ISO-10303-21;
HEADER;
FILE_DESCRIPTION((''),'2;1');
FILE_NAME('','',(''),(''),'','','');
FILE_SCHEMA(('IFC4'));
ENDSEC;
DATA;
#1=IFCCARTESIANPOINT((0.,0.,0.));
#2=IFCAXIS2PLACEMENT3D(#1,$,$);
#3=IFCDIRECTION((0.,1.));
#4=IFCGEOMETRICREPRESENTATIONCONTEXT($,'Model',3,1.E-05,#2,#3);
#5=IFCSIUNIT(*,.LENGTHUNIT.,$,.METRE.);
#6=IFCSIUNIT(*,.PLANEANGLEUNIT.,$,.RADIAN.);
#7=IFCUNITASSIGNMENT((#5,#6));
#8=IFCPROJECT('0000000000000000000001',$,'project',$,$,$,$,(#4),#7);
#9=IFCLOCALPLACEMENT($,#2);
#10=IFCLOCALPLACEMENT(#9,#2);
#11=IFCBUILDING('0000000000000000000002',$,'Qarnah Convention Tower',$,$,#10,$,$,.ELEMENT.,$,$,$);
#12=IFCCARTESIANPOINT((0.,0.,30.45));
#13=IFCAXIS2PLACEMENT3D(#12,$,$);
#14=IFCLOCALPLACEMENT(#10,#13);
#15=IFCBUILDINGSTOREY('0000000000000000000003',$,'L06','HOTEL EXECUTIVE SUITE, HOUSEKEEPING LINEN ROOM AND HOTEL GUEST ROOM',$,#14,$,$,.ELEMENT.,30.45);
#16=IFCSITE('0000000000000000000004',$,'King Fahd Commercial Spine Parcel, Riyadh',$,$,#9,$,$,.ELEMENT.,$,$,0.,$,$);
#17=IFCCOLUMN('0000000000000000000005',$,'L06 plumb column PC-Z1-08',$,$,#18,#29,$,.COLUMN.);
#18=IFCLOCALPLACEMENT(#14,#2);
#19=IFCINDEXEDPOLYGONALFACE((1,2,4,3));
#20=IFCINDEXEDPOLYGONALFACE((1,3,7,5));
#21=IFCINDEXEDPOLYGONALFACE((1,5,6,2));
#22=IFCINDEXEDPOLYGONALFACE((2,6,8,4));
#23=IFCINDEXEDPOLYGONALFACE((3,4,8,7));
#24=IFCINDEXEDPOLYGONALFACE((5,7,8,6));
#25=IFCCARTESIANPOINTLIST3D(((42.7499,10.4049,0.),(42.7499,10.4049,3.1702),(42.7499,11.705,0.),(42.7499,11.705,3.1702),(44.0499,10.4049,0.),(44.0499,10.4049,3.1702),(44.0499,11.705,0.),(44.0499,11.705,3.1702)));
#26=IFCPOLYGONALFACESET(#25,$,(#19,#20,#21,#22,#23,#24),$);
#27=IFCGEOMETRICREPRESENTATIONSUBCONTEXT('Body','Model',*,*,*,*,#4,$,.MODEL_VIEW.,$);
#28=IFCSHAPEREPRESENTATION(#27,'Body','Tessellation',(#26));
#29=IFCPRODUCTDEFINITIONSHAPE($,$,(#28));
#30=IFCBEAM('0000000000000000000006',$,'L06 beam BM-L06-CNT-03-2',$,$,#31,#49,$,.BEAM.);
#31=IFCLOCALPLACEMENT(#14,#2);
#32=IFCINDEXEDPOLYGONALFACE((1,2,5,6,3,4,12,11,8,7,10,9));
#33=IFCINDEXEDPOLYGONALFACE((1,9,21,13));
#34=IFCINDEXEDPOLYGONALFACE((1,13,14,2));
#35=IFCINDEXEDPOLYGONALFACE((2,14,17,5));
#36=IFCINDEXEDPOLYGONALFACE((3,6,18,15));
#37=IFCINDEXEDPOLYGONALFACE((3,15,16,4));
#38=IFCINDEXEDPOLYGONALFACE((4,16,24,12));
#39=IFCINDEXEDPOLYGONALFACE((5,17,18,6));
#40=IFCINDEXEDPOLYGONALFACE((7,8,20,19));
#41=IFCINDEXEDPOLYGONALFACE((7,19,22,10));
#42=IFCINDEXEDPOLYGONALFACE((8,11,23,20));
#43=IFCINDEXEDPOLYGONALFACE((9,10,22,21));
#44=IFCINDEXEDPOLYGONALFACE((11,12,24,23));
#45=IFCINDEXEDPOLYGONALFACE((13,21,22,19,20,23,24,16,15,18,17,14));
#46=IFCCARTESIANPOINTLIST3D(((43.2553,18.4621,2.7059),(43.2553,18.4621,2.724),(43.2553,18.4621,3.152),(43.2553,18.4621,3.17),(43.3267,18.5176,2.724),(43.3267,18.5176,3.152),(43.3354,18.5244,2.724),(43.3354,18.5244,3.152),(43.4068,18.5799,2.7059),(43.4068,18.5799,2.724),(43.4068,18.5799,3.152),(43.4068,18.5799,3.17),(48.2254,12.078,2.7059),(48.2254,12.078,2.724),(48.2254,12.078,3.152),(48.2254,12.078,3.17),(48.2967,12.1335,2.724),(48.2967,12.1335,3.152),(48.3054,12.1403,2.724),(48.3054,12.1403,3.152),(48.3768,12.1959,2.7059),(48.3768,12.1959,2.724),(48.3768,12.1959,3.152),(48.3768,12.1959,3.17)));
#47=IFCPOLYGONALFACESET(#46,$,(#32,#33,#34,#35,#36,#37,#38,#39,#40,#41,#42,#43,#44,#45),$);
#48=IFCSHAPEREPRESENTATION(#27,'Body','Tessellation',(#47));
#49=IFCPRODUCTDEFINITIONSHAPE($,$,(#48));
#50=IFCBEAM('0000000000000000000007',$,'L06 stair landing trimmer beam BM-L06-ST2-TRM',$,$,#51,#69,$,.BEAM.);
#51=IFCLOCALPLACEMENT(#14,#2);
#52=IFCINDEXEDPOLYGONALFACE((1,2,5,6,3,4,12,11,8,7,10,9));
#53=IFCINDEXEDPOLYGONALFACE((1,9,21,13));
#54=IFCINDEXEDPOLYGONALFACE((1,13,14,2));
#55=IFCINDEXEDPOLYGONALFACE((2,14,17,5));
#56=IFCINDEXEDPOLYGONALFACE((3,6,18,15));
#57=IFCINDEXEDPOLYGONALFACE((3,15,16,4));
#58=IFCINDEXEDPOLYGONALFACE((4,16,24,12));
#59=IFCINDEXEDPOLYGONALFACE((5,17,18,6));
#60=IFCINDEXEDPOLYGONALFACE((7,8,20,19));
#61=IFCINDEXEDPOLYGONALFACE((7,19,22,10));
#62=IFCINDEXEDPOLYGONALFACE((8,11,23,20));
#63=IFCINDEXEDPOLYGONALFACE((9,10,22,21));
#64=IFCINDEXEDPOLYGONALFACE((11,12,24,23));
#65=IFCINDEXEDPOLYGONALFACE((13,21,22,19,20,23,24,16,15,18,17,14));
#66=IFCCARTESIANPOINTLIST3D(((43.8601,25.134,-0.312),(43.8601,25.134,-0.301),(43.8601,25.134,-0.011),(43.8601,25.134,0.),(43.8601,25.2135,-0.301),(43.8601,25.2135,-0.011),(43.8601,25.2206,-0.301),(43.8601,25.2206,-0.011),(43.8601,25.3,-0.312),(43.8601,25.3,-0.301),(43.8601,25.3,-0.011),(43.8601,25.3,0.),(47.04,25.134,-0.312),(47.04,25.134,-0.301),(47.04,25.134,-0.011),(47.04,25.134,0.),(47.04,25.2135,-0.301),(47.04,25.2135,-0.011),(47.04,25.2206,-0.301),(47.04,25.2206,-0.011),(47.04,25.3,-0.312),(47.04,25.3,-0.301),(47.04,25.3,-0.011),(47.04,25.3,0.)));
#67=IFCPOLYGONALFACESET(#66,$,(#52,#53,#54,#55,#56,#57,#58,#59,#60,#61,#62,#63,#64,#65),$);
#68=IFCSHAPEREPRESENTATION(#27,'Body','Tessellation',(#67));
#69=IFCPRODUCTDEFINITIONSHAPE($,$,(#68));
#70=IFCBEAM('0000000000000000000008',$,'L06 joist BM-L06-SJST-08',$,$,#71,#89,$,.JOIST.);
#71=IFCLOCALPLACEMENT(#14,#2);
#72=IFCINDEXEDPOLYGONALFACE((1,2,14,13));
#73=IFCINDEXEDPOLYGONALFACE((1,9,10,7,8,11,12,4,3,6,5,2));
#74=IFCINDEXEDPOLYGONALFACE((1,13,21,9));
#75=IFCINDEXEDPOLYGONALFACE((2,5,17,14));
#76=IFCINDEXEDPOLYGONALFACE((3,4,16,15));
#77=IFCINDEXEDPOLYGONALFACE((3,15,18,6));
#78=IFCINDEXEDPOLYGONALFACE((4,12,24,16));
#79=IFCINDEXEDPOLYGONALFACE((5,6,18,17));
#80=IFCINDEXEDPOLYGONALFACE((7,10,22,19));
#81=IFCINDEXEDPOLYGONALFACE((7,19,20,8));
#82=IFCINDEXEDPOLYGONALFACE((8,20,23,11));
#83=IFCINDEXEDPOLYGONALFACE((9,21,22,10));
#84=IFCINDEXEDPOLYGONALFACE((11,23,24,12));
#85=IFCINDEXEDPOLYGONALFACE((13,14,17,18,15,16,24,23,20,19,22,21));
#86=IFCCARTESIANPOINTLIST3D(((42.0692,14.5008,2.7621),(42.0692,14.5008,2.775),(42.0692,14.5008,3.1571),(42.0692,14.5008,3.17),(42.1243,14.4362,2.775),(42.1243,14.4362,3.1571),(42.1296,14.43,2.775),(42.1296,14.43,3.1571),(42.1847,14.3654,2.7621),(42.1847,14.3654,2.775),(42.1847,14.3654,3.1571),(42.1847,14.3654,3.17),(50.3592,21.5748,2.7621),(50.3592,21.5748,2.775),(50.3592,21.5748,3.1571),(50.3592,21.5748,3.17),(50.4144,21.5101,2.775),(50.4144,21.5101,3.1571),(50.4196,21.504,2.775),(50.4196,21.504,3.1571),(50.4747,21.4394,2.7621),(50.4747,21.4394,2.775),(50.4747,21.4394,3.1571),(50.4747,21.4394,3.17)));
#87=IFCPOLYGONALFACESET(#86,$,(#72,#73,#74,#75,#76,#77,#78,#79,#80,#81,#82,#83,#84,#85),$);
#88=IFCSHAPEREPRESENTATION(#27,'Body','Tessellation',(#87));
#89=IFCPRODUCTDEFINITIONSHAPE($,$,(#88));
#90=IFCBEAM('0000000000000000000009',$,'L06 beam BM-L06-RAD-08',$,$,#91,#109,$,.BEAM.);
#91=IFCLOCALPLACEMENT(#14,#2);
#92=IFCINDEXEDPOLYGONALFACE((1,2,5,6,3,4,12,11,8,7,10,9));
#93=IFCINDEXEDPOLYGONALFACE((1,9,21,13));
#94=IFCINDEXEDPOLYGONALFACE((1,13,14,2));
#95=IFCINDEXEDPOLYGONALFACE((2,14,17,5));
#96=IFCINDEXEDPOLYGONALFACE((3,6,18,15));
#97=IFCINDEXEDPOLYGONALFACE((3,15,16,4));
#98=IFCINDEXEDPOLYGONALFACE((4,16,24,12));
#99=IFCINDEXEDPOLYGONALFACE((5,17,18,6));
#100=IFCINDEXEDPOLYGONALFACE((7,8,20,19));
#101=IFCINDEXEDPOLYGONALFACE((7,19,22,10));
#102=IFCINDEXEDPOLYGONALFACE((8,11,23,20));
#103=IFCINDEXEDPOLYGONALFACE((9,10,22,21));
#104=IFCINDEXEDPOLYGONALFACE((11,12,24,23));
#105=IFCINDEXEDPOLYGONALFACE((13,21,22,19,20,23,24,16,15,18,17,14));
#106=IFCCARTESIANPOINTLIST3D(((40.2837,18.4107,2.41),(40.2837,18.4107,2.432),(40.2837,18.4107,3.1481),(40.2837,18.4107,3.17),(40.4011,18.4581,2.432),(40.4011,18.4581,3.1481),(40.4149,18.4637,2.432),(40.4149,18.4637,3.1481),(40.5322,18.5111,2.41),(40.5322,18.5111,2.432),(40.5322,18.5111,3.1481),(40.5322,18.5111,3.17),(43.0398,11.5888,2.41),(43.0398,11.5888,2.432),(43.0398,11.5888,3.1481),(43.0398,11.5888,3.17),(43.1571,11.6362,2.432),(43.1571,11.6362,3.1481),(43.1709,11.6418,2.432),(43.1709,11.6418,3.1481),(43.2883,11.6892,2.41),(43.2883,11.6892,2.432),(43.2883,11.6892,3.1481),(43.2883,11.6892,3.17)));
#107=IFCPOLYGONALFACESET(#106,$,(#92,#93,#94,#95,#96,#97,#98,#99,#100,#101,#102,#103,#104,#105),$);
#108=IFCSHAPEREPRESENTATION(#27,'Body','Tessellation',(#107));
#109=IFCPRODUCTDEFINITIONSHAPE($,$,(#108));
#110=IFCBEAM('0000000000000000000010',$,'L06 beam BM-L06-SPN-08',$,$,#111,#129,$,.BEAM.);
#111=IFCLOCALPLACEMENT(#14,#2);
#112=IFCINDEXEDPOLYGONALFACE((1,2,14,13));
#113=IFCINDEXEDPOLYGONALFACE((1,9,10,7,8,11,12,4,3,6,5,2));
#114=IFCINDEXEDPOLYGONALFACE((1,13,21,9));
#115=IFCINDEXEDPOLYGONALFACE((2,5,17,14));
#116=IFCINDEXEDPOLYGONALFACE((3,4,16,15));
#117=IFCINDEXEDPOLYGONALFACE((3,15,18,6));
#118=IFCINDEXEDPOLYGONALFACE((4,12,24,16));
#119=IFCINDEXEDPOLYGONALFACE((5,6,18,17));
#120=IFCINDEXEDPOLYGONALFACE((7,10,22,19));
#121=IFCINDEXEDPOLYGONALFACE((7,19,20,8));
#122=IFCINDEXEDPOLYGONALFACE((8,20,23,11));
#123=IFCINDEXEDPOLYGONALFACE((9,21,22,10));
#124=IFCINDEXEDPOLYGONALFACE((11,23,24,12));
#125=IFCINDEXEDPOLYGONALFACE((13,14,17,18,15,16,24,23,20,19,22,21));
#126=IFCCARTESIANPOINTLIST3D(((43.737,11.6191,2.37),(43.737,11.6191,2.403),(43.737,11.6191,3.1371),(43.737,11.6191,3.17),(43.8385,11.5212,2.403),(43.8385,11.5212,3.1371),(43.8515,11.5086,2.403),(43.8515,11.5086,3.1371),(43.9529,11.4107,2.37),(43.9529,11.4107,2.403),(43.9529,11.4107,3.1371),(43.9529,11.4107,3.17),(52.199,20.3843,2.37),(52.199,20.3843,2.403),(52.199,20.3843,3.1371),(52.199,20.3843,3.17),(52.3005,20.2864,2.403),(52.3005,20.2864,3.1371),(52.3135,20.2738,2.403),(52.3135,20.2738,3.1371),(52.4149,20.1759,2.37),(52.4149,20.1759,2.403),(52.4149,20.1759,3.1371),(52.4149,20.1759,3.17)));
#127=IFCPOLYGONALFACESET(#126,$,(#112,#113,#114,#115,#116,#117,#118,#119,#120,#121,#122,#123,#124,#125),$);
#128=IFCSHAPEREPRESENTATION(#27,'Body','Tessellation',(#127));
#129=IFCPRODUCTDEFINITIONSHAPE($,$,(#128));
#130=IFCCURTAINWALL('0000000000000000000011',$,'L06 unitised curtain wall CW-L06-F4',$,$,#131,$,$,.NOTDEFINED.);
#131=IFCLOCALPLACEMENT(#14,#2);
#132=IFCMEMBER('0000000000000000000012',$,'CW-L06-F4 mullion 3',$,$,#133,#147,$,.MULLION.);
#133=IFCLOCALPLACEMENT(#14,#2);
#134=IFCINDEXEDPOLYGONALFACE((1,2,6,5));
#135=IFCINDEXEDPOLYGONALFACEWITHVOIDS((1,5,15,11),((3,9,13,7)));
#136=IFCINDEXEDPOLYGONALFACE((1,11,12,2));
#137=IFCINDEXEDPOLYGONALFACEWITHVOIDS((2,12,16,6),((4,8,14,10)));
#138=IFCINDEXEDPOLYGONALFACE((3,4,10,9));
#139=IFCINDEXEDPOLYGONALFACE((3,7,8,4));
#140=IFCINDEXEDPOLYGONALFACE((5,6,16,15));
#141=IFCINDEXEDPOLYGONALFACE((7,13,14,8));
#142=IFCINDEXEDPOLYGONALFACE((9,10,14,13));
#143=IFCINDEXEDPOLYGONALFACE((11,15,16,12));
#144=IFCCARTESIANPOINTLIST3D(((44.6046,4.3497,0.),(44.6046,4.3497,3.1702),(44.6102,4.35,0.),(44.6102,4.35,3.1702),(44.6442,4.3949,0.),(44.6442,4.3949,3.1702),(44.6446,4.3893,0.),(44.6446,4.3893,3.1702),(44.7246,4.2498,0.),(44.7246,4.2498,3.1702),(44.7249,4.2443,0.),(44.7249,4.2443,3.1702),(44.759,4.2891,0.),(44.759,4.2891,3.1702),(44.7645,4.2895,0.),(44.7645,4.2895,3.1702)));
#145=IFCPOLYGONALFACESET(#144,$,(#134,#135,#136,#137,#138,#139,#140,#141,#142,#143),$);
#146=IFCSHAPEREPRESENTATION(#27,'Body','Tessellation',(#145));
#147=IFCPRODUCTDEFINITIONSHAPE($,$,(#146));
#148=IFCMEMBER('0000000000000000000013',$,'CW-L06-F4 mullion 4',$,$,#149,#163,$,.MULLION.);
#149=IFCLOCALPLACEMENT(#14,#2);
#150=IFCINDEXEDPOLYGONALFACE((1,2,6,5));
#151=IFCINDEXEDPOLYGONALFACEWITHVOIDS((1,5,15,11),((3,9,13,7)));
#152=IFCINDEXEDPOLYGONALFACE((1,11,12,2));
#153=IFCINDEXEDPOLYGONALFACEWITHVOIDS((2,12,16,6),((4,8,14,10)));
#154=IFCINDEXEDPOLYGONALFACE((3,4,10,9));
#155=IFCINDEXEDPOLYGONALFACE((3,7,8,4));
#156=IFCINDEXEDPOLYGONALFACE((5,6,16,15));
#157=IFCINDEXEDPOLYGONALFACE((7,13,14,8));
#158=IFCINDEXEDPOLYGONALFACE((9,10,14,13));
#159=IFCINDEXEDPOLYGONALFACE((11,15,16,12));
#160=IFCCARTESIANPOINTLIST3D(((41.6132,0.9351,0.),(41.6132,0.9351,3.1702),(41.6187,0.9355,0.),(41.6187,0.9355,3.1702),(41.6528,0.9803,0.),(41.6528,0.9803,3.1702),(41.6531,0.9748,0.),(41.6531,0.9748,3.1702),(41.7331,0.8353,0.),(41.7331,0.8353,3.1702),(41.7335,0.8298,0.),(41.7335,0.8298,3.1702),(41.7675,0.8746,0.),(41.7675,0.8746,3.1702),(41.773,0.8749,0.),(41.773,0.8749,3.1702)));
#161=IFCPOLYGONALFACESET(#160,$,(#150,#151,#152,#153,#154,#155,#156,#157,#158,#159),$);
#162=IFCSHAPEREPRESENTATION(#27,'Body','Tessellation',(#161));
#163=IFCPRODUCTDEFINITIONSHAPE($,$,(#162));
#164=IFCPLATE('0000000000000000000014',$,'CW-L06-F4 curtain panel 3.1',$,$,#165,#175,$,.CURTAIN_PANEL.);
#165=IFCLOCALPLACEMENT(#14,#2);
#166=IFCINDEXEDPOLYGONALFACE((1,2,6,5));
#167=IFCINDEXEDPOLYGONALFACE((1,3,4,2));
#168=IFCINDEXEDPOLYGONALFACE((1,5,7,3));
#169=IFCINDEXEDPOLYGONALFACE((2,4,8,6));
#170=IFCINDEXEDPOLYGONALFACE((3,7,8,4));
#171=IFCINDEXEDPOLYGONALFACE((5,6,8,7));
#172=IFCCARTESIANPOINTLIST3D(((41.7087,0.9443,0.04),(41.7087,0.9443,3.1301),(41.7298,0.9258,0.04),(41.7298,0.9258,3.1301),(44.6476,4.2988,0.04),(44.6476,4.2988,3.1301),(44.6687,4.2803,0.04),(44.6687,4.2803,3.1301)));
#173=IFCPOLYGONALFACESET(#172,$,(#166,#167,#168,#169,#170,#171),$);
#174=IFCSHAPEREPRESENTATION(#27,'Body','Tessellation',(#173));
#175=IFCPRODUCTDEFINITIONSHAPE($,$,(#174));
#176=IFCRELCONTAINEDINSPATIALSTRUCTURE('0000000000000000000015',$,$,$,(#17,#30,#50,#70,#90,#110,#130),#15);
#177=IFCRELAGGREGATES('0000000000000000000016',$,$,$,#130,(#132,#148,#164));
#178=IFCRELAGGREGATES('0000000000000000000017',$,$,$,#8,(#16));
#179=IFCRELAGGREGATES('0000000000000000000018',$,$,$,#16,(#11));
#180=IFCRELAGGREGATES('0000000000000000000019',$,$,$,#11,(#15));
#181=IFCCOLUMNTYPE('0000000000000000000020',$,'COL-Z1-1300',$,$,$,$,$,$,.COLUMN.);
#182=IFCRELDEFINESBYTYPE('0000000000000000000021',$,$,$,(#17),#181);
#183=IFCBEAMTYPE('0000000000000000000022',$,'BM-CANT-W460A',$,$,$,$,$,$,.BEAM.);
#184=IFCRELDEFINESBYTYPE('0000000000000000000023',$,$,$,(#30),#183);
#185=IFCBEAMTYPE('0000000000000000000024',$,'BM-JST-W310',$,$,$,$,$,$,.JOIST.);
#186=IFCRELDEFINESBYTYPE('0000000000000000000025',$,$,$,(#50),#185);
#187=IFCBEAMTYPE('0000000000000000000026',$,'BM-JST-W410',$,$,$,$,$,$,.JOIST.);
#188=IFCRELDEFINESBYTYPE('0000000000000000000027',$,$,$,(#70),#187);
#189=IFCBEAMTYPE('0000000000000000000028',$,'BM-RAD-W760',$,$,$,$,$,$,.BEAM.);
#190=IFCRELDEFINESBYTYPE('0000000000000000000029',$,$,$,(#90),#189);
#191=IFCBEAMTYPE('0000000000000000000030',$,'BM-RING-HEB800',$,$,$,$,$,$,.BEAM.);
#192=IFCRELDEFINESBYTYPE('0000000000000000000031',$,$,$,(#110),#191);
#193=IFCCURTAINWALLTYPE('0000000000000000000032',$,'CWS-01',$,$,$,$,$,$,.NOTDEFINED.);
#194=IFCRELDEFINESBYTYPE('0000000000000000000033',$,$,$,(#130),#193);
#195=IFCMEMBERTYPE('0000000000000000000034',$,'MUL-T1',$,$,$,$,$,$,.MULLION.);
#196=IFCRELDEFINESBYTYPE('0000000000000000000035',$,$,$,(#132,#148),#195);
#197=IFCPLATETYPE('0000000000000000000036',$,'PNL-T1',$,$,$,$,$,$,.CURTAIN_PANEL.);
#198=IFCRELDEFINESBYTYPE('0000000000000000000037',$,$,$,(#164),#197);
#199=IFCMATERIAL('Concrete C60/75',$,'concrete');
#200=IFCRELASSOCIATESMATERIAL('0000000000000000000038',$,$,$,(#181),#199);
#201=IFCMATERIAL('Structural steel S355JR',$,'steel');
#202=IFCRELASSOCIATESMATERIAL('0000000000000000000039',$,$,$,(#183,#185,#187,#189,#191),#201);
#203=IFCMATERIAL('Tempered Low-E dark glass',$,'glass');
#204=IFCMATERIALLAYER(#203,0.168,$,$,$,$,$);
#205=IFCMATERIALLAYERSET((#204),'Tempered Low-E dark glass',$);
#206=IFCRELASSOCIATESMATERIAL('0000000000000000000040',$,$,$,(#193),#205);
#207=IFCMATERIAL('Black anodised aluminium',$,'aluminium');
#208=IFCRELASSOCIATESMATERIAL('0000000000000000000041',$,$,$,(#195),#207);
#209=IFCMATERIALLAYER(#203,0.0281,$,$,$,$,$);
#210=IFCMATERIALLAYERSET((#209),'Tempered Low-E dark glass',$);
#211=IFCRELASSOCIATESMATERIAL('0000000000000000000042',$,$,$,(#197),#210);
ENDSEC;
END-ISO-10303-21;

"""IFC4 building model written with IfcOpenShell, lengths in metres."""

from ifc_helpers import new_model, si_unit, direction, frame, origin, origin_2d, place, context, subcontext, project, spatial, rectangle, hollow_rectangle, i_section, extrude, material, layer, layer_set, material_profile, profile_set, type_object, element, aggregate, save


model = new_model("IFC4")

# Units and contexts
model_context = context("Model", 3, precision=1e-05, world=origin(), true_north=direction((0.0, 1.0)))
body_context = subcontext(model_context, "Body", "Model", "MODEL_VIEW")
ifc_project = project(units=[si_unit("LENGTHUNIT", "METRE"), si_unit("PLANEANGLEUNIT", "RADIAN")], contexts=[model_context])

# Site, building, storey
site_placement = place(None, origin())
site = spatial("IfcSite", under=ifc_project, at=site_placement, Name="King Fahd Commercial Spine Parcel, Riyadh", CompositionType="ELEMENT", RefElevation=0.0)
building_placement = place(site_placement, origin())
building = spatial("IfcBuilding", under=site, at=building_placement, Name="Qarnah Convention Tower", CompositionType="ELEMENT")
storey_placement = place(building_placement, frame((0.0, 0.0, 30.45)))
storey = spatial("IfcBuildingStorey", under=building, at=storey_placement, Name="L06", Description="HOTEL EXECUTIVE SUITE, HOUSEKEEPING LINEN ROOM AND HOTEL GUEST ROOM", CompositionType="ELEMENT", Elevation=30.45)

# Column
ifc_material_1 = material(Name="Concrete C60/75", Category="concrete")
ifc_material_profile_1 = material_profile(ifc_material_1, rectangle(XDim=1.3, YDim=1.3, at=origin_2d()), Name="RC-COL-1300X1300")
ifc_profile_set_1 = profile_set([ifc_material_profile_1], Name="Concrete C60/75")
column_type = type_object("IfcColumnType", Name="COL-Z1-1300", PredefinedType="COLUMN", material=ifc_profile_set_1)
column_placement = place(storey_placement, frame((43.3999, 11.0549, 0.0), z_axis=(0.0, 0.0, 1.0), x_axis=(1.0, 0.0, 0.0)))
element("IfcColumn", 1, at=column_placement, inside=storey, type_object=column_type, Name="L06 plumb column PC-Z1-08", PredefinedType="COLUMN", context=body_context, shape_type="SweptSolid", body=[
    extrude(rectangle(XDim=1.3, YDim=1.3, at=origin_2d()), origin(), (0.0, 0.0, 1.0), 3.1702),
])

# Beams
ifc_material_2 = material(Name="Structural steel S355JR", Category="steel")
ifc_material_profile_2 = material_profile(ifc_material_2, i_section(OverallWidth=0.1919, OverallDepth=0.4641, WebThickness=0.011, FlangeThickness=0.0181, at=origin_2d()), Name="W460X89")
ifc_profile_set_2 = profile_set([ifc_material_profile_2], Name="Structural steel S355JR")
beam_type_1 = type_object("IfcBeamType", Name="BM-CANT-W460A", PredefinedType="BEAM", material=ifc_profile_set_2)
beam_1_placement = place(storey_placement, frame((43.3311, 18.521, 2.938), z_axis=(0.614296, -0.789076, 0.0), x_axis=(0.789076, 0.614296, 0.0)))
element("IfcBeam", 2, at=beam_1_placement, inside=storey, type_object=beam_type_1, Name="L06 beam BM-L06-CNT-03-2", PredefinedType="BEAM", context=body_context, shape_type="SweptSolid", body=[
    extrude(i_section(OverallWidth=0.1919, OverallDepth=0.4641, WebThickness=0.011, FlangeThickness=0.0181, at=origin_2d()), origin(), (0.0, 0.0, 1.0), 8.0906),
])
ifc_material_profile_3 = material_profile(ifc_material_2, i_section(OverallWidth=0.166, OverallDepth=0.312, WebThickness=0.0071, FlangeThickness=0.011, at=origin_2d()), Name="W310X45")
ifc_profile_set_3 = profile_set([ifc_material_profile_3], Name="Structural steel S355JR")
beam_type_2 = type_object("IfcBeamType", Name="BM-JST-W310", PredefinedType="JOIST", material=ifc_profile_set_3)
beam_2_placement = place(storey_placement, frame((43.8601, 25.217, -0.156), z_axis=(1.0, 0.0, 0.0), x_axis=(0.0, 1.0, 0.0)))
element("IfcBeam", 3, at=beam_2_placement, inside=storey, type_object=beam_type_2, Name="L06 stair landing trimmer beam BM-L06-ST2-TRM", PredefinedType="BEAM", context=body_context, shape_type="SweptSolid", body=[
    extrude(i_section(OverallWidth=0.166, OverallDepth=0.312, WebThickness=0.0071, FlangeThickness=0.011, at=origin_2d()), origin(), (0.0, 0.0, 1.0), 3.1799),
])
ifc_material_profile_4 = material_profile(ifc_material_2, i_section(OverallWidth=0.178, OverallDepth=0.408, WebThickness=0.0081, FlangeThickness=0.0129, at=origin_2d()), Name="W410X60")
ifc_profile_set_4 = profile_set([ifc_material_profile_4], Name="Structural steel S355JR")
beam_type_3 = type_object("IfcBeamType", Name="BM-JST-W410", PredefinedType="JOIST", material=ifc_profile_set_4)
beam_3_placement = place(storey_placement, frame((42.127, 14.4331, 2.9661), z_axis=(0.760695, 0.649109, 0.0), x_axis=(-0.649109, 0.760695, 0.0)))
element("IfcBeam", 4, at=beam_3_placement, inside=storey, type_object=beam_type_3, Name="L06 joist BM-L06-SJST-08", PredefinedType="JOIST", context=body_context, shape_type="SweptSolid", body=[
    extrude(i_section(OverallWidth=0.178, OverallDepth=0.408, WebThickness=0.0081, FlangeThickness=0.0129, at=origin_2d()), origin(), (0.0, 0.0, 1.0), 10.8979),
])
ifc_material_profile_5 = material_profile(ifc_material_2, i_section(OverallWidth=0.2681, OverallDepth=0.76, WebThickness=0.0149, FlangeThickness=0.022, at=origin_2d()), Name="W760X185")
ifc_profile_set_5 = profile_set([ifc_material_profile_5], Name="Structural steel S355JR")
beam_type_4 = type_object("IfcBeamType", Name="BM-RAD-W760", PredefinedType="BEAM", material=ifc_profile_set_5)
beam_4_placement = place(storey_placement, frame((40.408, 18.4609, 2.79), z_axis=(0.374586, -0.927192, 0.0), x_axis=(0.927192, 0.374586, 0.0)))
element("IfcBeam", 5, at=beam_4_placement, inside=storey, type_object=beam_type_4, Name="L06 beam BM-L06-RAD-08", PredefinedType="BEAM", context=body_context, shape_type="SweptSolid", body=[
    extrude(i_section(OverallWidth=0.2681, OverallDepth=0.76, WebThickness=0.0149, FlangeThickness=0.022, at=origin_2d()), origin(), (0.0, 0.0, 1.0), 7.3577),
])
ifc_material_profile_6 = material_profile(ifc_material_2, i_section(OverallWidth=0.3, OverallDepth=0.8, WebThickness=0.0181, FlangeThickness=0.033, at=origin_2d()), Name="HEB800")
ifc_profile_set_6 = profile_set([ifc_material_profile_6], Name="Structural steel S355JR")
beam_type_5 = type_object("IfcBeamType", Name="BM-RING-HEB800", PredefinedType="BEAM", material=ifc_profile_set_6)
beam_5_placement = place(storey_placement, frame((43.845, 11.5149, 2.77), z_axis=(0.694553, 0.719442, 0.0), x_axis=(-0.719442, 0.694553, 0.0)))
element("IfcBeam", 6, at=beam_5_placement, inside=storey, type_object=beam_type_5, Name="L06 beam BM-L06-SPN-08", PredefinedType="BEAM", context=body_context, shape_type="SweptSolid", body=[
    extrude(i_section(OverallWidth=0.3, OverallDepth=0.8, WebThickness=0.0181, FlangeThickness=0.033, at=origin_2d()), origin(), (0.0, 0.0, 1.0), 12.1833),
])

# Curtain wall, members, plate
ifc_material_3 = material(Name="Tempered Low-E dark glass", Category="glass")
ifc_layer_1 = layer(ifc_material_3, 0.168)
ifc_layer_set_1 = layer_set([ifc_layer_1], Name="Tempered Low-E dark glass")
curtain_wall_type = type_object("IfcCurtainWallType", Name="CWS-01", PredefinedType="NOTDEFINED", material=ifc_layer_set_1)
curtain_wall_placement = place(storey_placement, origin())
curtain_wall = element("IfcCurtainWall", 7, at=curtain_wall_placement, inside=storey, type_object=curtain_wall_type, Name="L06 unitised curtain wall CW-L06-F4", PredefinedType="NOTDEFINED")
ifc_material_4 = material(Name="Black anodised aluminium", Category="aluminium")
ifc_material_profile_7 = material_profile(ifc_material_4, hollow_rectangle(XDim=0.0601, YDim=0.1599, WallThickness=0.0039, at=origin_2d()), Name="MUL-60X160")
ifc_profile_set_7 = profile_set([ifc_material_profile_7], Name="Black anodised aluminium")
member_type = type_object("IfcMemberType", Name="MUL-T1", PredefinedType="MULLION", material=ifc_profile_set_7)
member_1_placement = place(storey_placement, frame((44.6846, 4.3196, 0.0), z_axis=(0.0, 0.0, 1.0), x_axis=(-0.658983, -0.752158, 0.0)))
member_1 = element("IfcMember", 8, at=member_1_placement, type_object=member_type, Name="CW-L06-F4 mullion 3", PredefinedType="MULLION", context=body_context, shape_type="SweptSolid", body=[
    extrude(hollow_rectangle(XDim=0.0601, YDim=0.1599, WallThickness=0.0039, at=origin_2d()), origin(), (0.0, 0.0, 1.0), 3.1702),
])
member_2_placement = place(storey_placement, frame((41.6931, 0.905, 0.0), z_axis=(0.0, 0.0, 1.0), x_axis=(-0.658983, -0.752158, 0.0)))
member_2 = element("IfcMember", 9, at=member_2_placement, type_object=member_type, Name="CW-L06-F4 mullion 4", PredefinedType="MULLION", context=body_context, shape_type="SweptSolid", body=[
    extrude(hollow_rectangle(XDim=0.0601, YDim=0.1599, WallThickness=0.0039, at=origin_2d()), origin(), (0.0, 0.0, 1.0), 3.1702),
])
ifc_layer_2 = layer(ifc_material_3, 0.0281)
ifc_layer_set_2 = layer_set([ifc_layer_2], Name="Tempered Low-E dark glass")
plate_type = type_object("IfcPlateType", Name="PNL-T1", PredefinedType="CURTAIN_PANEL", material=ifc_layer_set_2)
plate_placement = place(storey_placement, frame((43.1887, 2.6123, 0.04), z_axis=(0.0, 0.0, 1.0), x_axis=(-0.658983, -0.752158, 0.0)))
plate = element("IfcPlate", 10, at=plate_placement, type_object=plate_type, Name="CW-L06-F4 curtain panel 3.1", PredefinedType="CURTAIN_PANEL", context=body_context, shape_type="SweptSolid", body=[
    extrude(rectangle(XDim=4.4597, YDim=0.0281, at=origin_2d()), origin(), (0.0, 0.0, 1.0), 3.0901),
])
aggregate(curtain_wall, [member_1, member_2, plate])

save(model, "model.ifc")
